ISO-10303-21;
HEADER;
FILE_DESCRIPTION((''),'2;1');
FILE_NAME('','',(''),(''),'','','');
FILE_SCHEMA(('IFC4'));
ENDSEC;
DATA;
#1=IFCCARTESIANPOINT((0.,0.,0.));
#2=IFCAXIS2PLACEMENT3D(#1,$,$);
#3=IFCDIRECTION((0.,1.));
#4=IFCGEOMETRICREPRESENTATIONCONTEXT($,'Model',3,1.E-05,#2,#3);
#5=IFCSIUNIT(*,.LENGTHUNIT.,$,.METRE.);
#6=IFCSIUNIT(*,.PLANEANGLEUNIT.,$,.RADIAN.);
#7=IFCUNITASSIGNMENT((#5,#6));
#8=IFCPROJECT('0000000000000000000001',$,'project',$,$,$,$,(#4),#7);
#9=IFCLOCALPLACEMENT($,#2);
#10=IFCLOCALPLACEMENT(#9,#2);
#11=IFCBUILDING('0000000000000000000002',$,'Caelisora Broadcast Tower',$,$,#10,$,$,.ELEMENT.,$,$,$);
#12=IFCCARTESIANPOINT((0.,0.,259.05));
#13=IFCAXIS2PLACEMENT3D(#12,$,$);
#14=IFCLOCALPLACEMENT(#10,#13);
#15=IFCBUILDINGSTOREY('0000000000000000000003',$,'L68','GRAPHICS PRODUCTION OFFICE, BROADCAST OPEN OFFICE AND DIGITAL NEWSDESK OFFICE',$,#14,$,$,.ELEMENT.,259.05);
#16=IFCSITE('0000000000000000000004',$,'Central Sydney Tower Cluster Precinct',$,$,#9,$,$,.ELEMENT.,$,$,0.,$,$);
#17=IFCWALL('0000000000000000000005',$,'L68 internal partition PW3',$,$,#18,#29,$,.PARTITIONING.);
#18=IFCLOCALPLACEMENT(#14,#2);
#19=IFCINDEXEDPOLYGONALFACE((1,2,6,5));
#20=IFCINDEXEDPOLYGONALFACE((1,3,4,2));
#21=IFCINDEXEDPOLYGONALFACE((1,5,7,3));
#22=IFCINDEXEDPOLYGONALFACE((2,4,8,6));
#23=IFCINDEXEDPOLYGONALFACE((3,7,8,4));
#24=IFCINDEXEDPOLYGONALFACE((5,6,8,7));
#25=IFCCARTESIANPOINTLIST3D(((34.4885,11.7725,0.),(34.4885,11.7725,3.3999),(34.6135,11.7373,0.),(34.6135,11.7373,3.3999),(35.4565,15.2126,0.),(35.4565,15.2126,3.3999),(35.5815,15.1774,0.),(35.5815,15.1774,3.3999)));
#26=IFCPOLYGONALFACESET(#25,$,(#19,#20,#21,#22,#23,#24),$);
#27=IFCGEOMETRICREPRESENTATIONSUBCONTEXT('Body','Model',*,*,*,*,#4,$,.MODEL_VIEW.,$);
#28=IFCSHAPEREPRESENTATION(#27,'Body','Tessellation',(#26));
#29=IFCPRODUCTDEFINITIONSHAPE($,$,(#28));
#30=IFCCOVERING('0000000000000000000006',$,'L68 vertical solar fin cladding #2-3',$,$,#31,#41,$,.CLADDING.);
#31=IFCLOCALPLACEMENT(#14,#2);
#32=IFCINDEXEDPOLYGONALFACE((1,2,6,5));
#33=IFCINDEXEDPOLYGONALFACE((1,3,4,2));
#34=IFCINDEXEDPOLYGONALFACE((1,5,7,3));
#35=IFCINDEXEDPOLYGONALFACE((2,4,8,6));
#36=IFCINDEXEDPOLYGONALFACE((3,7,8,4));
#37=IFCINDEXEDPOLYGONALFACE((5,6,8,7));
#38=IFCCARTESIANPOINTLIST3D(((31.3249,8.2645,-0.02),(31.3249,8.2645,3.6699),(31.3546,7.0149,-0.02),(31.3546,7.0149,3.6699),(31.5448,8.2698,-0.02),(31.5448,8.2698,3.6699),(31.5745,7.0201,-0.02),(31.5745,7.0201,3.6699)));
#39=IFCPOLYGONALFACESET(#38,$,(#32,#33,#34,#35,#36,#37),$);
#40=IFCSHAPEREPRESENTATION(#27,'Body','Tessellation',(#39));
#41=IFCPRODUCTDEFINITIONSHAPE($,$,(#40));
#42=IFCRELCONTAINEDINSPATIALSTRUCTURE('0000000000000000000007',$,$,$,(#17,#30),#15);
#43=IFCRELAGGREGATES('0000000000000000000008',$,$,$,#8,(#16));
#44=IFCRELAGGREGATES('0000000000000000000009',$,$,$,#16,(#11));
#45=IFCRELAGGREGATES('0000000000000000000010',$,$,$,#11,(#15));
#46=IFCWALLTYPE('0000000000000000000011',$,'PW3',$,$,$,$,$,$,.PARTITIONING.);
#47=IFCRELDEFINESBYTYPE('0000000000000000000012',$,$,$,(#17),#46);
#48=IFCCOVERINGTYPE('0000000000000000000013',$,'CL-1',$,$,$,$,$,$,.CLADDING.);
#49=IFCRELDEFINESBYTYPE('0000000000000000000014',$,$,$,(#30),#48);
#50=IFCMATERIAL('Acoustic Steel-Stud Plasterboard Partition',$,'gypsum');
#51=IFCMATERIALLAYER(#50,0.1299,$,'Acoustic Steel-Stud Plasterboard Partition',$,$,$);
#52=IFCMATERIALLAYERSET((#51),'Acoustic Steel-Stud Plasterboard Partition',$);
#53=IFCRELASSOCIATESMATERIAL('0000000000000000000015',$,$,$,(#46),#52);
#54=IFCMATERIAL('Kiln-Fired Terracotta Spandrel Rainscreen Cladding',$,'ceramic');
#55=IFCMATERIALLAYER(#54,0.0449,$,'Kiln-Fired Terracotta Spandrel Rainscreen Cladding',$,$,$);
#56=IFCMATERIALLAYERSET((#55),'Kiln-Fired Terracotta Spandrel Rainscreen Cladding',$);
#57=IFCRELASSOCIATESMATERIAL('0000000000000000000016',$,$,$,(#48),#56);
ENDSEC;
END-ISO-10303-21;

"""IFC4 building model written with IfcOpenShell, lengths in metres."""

from ifc_helpers import new_model, si_unit, direction, frame, frame_2d, origin, origin_2d, place, context, subcontext, project, spatial, rectangle, extrude, source, transform, mapped, material, layer, layer_set, type_object, type_shapes, element, save


model = new_model("IFC4")

# Units and contexts
model_context = context("Model", 3, precision=1e-05, world=origin(), true_north=direction((0.0, 1.0)))
body_context = subcontext(model_context, "Body", "Model", "MODEL_VIEW")
ifc_project = project(units=[si_unit("LENGTHUNIT", "METRE"), si_unit("PLANEANGLEUNIT", "RADIAN")], contexts=[model_context])

# Site, building, storey
site_placement = place(None, origin())
site = spatial("IfcSite", under=ifc_project, at=site_placement, Name="Central Sydney Tower Cluster Precinct", CompositionType="ELEMENT", RefElevation=0.0)
building_placement = place(site_placement, origin())
building = spatial("IfcBuilding", under=site, at=building_placement, Name="Caelisora Broadcast Tower", CompositionType="ELEMENT")
storey_placement = place(building_placement, frame((0.0, 0.0, 259.05)))
storey = spatial("IfcBuildingStorey", under=building, at=storey_placement, Name="L68", Description="GRAPHICS PRODUCTION OFFICE, BROADCAST OPEN OFFICE AND DIGITAL NEWSDESK OFFICE", CompositionType="ELEMENT", Elevation=259.05)

# Shared definitions
ifc_material_1 = material(Name="Acoustic Steel-Stud Plasterboard Partition", Category="gypsum")
ifc_layer_1 = layer(ifc_material_1, 0.1299, Name="Acoustic Steel-Stud Plasterboard Partition")
ifc_layer_set_1 = layer_set([ifc_layer_1], Name="Acoustic Steel-Stud Plasterboard Partition")
wall_type = type_object("IfcWallType", Name="PW3", PredefinedType="PARTITIONING", material=ifc_layer_set_1)

# Wall
wall_1_placement = place(storey_placement, frame((34.551, 11.7549, 0.0), z_axis=(0.0, 0.0, 1.0), x_axis=(0.270866, 0.962617, 0.0)))
element("IfcWall", 1, at=wall_1_placement, inside=storey, type_object=wall_type, Name="L68 internal partition PW3", PredefinedType="PARTITIONING", context=body_context, shape_type="SweptSolid", body=[
    extrude(rectangle(XDim=3.5737, YDim=0.1299, at=frame_2d((1.7869, 0.0))), origin(), (0.0, 0.0, 1.0), 3.3999),
])

# Covering
ifc_material_2 = material(Name="Kiln-Fired Terracotta Spandrel Rainscreen Cladding", Category="ceramic")
ifc_layer_2 = layer(ifc_material_2, 0.0449, Name="Kiln-Fired Terracotta Spandrel Rainscreen Cladding")
ifc_layer_set_2 = layer_set([ifc_layer_2], Name="Kiln-Fired Terracotta Spandrel Rainscreen Cladding")
covering_type = type_object("IfcCoveringType", Name="CL-1", PredefinedType="CLADDING", material=ifc_layer_set_2)
shared_shape_1 = source(origin(), body_context, "Body", "SweptSolid", [
    extrude(rectangle(XDim=0.22, YDim=1.25, at=origin_2d()), origin(), (0.0, 0.0, 1.0), 3.6899),
])
type_shapes(covering_type, [shared_shape_1])
covering_placement = place(storey_placement, frame((31.4497, 7.6423, -0.02), z_axis=(0.0, 0.0, 1.0), x_axis=(-0.999718, -0.023734, 0.0)))
element("IfcCovering", 2, at=covering_placement, inside=storey, type_object=covering_type, Name="L68 vertical solar fin cladding #2-3", PredefinedType="CLADDING", context=body_context, shape_type="MappedRepresentation", body=[
    mapped(shared_shape_1, transform((0.0, 0.0, 0.0), scale=1.0)),
])

save(model, "model.ifc")
